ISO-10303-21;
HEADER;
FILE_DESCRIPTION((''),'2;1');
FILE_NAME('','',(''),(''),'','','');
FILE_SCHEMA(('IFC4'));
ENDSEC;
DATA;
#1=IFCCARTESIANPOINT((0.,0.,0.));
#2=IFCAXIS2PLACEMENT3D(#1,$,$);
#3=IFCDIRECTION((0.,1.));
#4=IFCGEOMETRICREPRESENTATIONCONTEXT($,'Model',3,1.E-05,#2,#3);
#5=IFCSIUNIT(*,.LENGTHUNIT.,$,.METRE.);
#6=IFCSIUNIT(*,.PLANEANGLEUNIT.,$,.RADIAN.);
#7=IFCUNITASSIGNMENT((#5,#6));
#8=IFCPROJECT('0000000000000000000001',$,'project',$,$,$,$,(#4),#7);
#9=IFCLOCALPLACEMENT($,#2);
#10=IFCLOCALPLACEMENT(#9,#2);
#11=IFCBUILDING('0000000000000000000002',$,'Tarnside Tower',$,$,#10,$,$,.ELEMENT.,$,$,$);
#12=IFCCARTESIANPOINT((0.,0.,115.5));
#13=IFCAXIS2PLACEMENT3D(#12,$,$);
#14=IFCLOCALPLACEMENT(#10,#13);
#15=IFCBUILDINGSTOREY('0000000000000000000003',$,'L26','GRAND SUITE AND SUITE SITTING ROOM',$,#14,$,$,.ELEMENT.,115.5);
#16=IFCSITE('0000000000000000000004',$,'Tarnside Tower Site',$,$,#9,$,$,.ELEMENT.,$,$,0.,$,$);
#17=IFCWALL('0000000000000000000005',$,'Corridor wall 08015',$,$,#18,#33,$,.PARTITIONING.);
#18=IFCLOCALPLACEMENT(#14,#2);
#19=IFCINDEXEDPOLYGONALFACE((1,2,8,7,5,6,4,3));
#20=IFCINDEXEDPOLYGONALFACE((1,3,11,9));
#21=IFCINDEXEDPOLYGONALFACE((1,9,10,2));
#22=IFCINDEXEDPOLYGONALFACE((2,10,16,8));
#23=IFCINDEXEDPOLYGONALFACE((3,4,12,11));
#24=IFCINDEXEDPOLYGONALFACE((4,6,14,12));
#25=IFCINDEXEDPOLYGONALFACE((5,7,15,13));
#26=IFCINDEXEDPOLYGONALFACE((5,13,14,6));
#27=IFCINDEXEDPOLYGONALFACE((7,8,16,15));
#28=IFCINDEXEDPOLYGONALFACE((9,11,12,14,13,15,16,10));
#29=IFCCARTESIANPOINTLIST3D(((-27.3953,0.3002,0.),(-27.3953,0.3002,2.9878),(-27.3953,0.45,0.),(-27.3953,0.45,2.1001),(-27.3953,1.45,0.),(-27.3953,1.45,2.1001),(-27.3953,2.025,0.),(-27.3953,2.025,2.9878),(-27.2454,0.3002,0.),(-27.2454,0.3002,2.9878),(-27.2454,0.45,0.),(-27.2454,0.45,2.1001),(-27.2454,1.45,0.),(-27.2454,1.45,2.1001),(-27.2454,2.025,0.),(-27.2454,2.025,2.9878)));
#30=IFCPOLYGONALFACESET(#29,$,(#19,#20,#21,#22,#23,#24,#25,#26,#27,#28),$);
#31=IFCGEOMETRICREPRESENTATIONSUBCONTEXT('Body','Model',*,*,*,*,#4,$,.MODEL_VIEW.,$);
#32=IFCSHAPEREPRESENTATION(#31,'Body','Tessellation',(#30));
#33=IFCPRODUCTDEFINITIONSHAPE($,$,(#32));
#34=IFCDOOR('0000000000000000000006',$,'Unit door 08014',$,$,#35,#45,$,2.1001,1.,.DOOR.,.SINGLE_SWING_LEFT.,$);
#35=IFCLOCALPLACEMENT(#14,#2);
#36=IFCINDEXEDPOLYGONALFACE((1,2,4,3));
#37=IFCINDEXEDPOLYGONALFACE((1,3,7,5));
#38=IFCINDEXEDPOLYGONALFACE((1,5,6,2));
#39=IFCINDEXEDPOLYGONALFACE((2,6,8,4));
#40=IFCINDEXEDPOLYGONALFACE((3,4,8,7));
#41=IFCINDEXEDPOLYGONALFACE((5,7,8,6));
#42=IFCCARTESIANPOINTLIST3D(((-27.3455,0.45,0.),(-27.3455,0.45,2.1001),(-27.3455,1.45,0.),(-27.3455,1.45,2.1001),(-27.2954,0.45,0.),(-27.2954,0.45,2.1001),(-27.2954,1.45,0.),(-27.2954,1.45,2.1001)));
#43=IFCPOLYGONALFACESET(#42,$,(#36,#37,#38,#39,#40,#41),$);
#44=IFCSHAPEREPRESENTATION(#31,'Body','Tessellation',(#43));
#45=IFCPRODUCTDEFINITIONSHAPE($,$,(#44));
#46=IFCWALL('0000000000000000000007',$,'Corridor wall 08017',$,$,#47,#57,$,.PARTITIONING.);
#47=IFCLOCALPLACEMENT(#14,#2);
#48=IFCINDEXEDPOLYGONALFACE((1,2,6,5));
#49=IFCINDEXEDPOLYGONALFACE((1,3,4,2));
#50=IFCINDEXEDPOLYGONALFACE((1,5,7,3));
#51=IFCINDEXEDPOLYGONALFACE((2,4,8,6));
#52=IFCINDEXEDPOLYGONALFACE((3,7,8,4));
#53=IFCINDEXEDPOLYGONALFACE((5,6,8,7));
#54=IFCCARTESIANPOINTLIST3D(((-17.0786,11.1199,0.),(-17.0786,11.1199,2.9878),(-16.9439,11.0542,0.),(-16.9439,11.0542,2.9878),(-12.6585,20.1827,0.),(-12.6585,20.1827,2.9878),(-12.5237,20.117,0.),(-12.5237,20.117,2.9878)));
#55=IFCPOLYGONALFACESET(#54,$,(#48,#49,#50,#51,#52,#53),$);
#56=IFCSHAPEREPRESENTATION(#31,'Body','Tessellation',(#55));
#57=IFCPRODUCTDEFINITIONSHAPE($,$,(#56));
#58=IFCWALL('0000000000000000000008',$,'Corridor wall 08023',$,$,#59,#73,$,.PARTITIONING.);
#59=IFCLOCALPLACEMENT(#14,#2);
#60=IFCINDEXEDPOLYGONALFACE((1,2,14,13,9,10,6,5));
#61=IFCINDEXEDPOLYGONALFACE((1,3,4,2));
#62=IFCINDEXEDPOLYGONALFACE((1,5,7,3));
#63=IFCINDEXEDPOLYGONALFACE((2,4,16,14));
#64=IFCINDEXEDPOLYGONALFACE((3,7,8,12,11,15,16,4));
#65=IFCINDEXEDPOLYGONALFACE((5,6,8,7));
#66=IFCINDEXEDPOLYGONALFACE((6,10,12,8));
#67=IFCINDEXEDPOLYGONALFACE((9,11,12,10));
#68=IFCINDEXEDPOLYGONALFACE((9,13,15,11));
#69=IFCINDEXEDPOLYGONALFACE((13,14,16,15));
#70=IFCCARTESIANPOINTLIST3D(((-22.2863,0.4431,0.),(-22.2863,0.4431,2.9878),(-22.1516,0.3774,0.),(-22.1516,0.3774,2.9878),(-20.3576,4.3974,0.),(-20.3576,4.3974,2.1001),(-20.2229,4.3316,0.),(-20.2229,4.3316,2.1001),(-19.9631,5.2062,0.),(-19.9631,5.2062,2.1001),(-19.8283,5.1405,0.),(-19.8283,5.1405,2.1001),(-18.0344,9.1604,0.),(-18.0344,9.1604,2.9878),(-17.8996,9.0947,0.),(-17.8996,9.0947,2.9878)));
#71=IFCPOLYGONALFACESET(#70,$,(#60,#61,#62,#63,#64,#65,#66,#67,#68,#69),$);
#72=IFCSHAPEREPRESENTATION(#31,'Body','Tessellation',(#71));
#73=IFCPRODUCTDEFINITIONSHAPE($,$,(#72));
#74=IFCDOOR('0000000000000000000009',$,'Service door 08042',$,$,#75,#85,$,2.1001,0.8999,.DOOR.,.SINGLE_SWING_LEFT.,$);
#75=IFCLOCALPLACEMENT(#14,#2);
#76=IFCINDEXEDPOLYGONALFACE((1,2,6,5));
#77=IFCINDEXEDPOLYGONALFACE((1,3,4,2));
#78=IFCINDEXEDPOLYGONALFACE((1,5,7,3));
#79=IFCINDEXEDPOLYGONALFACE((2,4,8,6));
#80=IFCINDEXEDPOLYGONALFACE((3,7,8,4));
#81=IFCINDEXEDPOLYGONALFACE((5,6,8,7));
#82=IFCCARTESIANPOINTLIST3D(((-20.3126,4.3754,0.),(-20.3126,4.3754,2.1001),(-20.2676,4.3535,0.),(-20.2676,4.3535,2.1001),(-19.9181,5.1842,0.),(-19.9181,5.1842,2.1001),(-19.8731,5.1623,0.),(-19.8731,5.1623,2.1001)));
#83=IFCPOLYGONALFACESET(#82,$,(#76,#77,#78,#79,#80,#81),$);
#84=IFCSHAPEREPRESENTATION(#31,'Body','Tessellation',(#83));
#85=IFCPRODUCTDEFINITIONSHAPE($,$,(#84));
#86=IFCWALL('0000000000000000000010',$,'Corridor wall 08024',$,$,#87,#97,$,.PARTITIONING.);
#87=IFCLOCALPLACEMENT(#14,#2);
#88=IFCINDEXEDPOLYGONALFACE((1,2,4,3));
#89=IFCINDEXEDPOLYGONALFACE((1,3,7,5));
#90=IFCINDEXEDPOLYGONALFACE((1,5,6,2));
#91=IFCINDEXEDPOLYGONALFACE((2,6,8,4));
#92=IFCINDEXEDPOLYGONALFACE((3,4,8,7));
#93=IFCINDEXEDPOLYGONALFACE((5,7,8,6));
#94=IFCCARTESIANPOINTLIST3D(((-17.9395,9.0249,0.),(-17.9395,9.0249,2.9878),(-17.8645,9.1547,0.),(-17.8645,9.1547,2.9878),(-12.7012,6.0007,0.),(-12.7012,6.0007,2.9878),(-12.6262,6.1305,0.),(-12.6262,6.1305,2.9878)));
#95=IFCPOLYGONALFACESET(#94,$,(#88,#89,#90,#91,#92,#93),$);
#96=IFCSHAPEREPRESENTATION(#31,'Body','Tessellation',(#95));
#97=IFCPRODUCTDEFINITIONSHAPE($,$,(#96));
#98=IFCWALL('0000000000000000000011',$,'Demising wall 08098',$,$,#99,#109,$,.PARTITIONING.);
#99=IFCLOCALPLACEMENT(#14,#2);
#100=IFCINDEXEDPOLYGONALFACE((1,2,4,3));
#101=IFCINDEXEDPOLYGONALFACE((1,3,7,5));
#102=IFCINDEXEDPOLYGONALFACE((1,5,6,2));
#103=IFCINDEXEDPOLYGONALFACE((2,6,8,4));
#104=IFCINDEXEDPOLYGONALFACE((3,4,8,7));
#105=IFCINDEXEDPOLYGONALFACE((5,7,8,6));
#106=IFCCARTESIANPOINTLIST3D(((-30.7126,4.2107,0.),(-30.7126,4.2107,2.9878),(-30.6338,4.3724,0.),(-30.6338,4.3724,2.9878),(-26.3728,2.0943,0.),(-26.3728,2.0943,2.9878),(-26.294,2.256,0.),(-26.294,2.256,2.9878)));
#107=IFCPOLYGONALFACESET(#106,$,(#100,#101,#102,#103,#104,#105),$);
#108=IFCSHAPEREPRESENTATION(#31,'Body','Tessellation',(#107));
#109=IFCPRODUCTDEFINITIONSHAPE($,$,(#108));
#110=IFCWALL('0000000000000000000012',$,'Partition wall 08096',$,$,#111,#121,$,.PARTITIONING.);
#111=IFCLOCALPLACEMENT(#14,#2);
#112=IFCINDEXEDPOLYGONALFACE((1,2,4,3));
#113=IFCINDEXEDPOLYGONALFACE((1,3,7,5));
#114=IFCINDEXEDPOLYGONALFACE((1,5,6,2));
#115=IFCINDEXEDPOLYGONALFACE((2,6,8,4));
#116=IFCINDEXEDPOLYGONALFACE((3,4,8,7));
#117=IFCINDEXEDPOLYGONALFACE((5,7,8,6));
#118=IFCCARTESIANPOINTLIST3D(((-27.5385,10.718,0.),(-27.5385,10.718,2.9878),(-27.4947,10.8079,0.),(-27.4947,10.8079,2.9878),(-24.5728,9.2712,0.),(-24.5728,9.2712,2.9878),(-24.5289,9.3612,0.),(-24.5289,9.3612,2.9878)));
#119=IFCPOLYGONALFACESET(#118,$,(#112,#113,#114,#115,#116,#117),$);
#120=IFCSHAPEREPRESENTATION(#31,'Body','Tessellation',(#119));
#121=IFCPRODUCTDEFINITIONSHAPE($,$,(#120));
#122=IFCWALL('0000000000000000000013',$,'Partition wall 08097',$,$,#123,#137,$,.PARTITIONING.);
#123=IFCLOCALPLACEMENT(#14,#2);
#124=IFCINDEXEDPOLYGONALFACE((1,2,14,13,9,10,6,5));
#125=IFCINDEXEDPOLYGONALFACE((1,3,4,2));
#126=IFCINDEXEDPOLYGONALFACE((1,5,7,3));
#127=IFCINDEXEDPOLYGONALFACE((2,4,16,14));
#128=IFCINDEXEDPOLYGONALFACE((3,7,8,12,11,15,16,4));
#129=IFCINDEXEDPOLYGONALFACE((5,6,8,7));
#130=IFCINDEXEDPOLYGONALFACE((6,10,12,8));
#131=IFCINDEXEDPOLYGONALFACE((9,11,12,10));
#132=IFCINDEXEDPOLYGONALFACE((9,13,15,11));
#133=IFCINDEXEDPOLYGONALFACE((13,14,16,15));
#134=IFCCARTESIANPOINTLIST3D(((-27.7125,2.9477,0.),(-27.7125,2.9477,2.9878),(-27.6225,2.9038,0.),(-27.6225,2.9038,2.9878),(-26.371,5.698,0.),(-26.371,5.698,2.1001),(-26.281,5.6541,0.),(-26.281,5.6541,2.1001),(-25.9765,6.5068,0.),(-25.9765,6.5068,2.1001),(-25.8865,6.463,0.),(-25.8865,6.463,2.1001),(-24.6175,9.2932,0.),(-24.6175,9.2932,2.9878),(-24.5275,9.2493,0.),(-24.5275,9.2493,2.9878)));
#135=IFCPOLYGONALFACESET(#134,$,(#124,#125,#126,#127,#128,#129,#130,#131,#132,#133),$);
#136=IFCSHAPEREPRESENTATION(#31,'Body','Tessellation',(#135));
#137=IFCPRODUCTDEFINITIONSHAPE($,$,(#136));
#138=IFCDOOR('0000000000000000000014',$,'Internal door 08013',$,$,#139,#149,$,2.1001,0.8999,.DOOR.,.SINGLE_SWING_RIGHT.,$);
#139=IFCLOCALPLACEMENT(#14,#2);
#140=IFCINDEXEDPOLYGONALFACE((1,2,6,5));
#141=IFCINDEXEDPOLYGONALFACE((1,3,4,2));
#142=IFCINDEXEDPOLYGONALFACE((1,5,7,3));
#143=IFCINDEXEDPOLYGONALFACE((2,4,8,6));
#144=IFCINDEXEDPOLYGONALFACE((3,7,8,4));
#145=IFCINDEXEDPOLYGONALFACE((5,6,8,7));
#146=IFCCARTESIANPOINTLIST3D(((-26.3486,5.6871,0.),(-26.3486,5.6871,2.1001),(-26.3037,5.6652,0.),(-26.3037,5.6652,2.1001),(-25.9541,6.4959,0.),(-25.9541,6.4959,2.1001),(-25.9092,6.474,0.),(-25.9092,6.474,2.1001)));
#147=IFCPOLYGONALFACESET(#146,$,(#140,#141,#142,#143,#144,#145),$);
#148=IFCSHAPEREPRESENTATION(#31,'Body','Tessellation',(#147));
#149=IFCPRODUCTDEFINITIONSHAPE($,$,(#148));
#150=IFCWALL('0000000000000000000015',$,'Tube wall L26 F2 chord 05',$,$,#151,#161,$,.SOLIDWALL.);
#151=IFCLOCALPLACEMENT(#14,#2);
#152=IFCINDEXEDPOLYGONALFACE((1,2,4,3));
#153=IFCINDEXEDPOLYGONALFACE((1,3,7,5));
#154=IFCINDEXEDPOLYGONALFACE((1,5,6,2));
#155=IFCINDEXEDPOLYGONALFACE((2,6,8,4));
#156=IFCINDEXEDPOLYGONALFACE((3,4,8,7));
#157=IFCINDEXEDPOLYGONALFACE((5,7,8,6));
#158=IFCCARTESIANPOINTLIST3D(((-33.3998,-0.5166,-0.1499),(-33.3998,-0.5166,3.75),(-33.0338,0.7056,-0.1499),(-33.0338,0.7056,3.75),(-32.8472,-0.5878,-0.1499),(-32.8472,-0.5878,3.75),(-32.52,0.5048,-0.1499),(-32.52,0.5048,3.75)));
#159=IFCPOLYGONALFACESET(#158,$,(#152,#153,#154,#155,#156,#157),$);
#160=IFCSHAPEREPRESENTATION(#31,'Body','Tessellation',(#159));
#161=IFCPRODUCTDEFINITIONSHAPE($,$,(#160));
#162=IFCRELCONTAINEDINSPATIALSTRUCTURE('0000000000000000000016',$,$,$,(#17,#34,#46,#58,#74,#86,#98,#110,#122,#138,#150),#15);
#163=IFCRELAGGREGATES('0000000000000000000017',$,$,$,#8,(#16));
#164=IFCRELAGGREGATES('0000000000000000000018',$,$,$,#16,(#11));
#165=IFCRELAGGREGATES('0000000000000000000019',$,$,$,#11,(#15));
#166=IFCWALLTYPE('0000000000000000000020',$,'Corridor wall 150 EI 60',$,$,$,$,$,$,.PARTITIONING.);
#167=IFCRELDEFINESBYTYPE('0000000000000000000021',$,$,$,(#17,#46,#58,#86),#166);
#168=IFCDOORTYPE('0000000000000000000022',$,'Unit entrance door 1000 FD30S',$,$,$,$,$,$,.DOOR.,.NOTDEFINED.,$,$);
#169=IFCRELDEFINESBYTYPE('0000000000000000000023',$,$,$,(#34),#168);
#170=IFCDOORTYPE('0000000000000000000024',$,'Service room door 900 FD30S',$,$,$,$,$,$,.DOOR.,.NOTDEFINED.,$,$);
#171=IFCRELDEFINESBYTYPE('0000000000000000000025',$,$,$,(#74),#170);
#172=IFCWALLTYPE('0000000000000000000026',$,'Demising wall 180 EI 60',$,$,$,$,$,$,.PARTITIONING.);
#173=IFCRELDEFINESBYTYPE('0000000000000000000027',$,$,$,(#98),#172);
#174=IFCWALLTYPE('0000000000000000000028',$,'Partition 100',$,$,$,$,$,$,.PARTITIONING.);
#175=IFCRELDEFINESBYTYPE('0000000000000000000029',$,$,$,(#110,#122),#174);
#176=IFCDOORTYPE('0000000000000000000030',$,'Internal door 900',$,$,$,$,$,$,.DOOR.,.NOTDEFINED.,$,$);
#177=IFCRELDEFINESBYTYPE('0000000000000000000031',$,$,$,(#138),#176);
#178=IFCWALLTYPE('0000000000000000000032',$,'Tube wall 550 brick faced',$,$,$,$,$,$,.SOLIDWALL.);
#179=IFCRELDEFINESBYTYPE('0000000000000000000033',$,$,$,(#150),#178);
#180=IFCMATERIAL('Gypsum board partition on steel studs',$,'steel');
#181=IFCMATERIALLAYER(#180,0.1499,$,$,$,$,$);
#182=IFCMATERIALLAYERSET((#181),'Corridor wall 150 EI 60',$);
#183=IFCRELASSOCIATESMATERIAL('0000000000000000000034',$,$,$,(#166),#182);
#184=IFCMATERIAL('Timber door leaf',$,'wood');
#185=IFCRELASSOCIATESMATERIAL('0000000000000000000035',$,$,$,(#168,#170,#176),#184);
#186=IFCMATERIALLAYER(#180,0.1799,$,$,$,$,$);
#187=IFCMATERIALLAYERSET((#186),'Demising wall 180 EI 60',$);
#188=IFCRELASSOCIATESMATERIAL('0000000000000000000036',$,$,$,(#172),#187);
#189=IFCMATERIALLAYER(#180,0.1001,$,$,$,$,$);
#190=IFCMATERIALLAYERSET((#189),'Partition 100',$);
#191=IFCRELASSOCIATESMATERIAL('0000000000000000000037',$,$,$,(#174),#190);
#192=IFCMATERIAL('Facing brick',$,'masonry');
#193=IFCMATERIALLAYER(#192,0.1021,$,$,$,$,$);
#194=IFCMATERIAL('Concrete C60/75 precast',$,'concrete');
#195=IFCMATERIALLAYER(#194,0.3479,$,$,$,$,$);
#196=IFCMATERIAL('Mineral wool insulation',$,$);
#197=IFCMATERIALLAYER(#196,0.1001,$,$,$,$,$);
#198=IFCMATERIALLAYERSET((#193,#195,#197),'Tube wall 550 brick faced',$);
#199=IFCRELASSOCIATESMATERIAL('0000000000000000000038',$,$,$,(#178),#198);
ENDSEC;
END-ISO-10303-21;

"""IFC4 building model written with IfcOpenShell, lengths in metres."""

from ifc_helpers import new_model, si_unit, direction, frame, frame_2d, origin, place, context, subcontext, project, spatial, polyline, rectangle, outline, extrude, material, layer, layer_set, type_object, element, fill, save


model = new_model("IFC4")

# Units and contexts
model_context = context("Model", 3, precision=1e-05, world=origin(), true_north=direction((0.0, 1.0)))
body_context = subcontext(model_context, "Body", "Model", "MODEL_VIEW")
ifc_project = project(units=[si_unit("LENGTHUNIT", "METRE"), si_unit("PLANEANGLEUNIT", "RADIAN")], contexts=[model_context])

# Site, building, storey
site_placement = place(None, origin())
site = spatial("IfcSite", under=ifc_project, at=site_placement, Name="Tarnside Tower Site", CompositionType="ELEMENT", RefElevation=0.0)
building_placement = place(site_placement, origin())
building = spatial("IfcBuilding", under=site, at=building_placement, Name="Tarnside Tower", CompositionType="ELEMENT")
storey_placement = place(building_placement, frame((0.0, 0.0, 115.5)))
storey = spatial("IfcBuildingStorey", under=building, at=storey_placement, Name="L26", Description="GRAND SUITE AND SUITE SITTING ROOM", CompositionType="ELEMENT", Elevation=115.5)

# Shared definitions
ifc_material_1 = material(Name="Gypsum board partition on steel studs", Category="steel")
ifc_material_2 = material(Name="Timber door leaf", Category="wood")

# Shared definitions
ifc_layer_1 = layer(ifc_material_1, 0.1499)
ifc_layer_set_1 = layer_set([ifc_layer_1], Name="Corridor wall 150 EI 60")
wall_type_1 = type_object("IfcWallType", Name="Corridor wall 150 EI 60", PredefinedType="PARTITIONING", material=ifc_layer_set_1)

# Wall, opening, door
wall_1_placement = place(storey_placement, frame((-27.3203, 2.0249, 0.0), z_axis=(0.0, 0.0, 1.0), x_axis=(0.0, -1.0, 0.0)))
wall_1 = element("IfcWall", 1, at=wall_1_placement, inside=storey, type_object=wall_type_1, Name="Corridor wall 08015", PredefinedType="PARTITIONING", context=body_context, shape_type="SweptSolid", body=[
    extrude(rectangle(XDim=1.7249, YDim=0.1499, at=frame_2d((0.8623, 0.0))), origin(), (0.0, 0.0, 1.0), 2.9878),
])
opening_1_placement = place(wall_1_placement, frame((0.575, 0.0, 0.0)))
opening_1 = element("IfcOpeningElement", 2, at=opening_1_placement, cuts=wall_1, PredefinedType="OPENING", context=body_context, shape_type="SweptSolid", body=[
    extrude(rectangle(XDim=1.0, YDim=2.1001, at=frame_2d((0.5, 1.05))), frame((0.0, 0.085, 0.0), z_axis=(0.0, -1.0, 0.0), x_axis=(1.0, 0.0, 0.0)), (0.0, 0.0, 1.0), 0.1699),
])
door_type_1 = type_object("IfcDoorType", Name="Unit entrance door 1000 FD30S", OperationType="NOTDEFINED", PredefinedType="DOOR", material=ifc_material_2)
door_1_placement = place(opening_1_placement, origin())
door_1 = element("IfcDoor", 3, at=door_1_placement, inside=storey, type_object=door_type_1, Name="Unit door 08014", OperationType="SINGLE_SWING_LEFT", OverallHeight=2.1001, OverallWidth=1.0, PredefinedType="DOOR", context=body_context, shape_type="SweptSolid", body=[
    extrude(rectangle(XDim=1.0, YDim=2.1001, at=frame_2d((0.5, 1.05))), frame((0.0, 0.0249, 0.0), z_axis=(0.0, -1.0, 0.0), x_axis=(1.0, 0.0, 0.0)), (0.0, 0.0, 1.0), 0.05),
])
fill(opening_1, door_1)

# Wall
wall_2_placement = place(storey_placement, frame((-17.0112, 11.0872, 0.0), z_axis=(0.0, 0.0, 1.0), x_axis=(0.438369, 0.898795, 0.0)))
element("IfcWall", 4, at=wall_2_placement, inside=storey, type_object=wall_type_1, Name="Corridor wall 08017", PredefinedType="PARTITIONING", context=body_context, shape_type="SweptSolid", body=[
    extrude(rectangle(XDim=10.0833, YDim=0.1499, at=frame_2d((5.0415, 0.0))), origin(), (0.0, 0.0, 1.0), 2.9878),
])

# Wall, opening, door
wall_3_placement = place(storey_placement, frame((-22.219, 0.4102, 0.0), z_axis=(0.0, 0.0, 1.0), x_axis=(0.438392, 0.898784, 0.0)))
wall_3 = element("IfcWall", 5, at=wall_3_placement, inside=storey, type_object=wall_type_1, Name="Corridor wall 08023", PredefinedType="PARTITIONING", context=body_context, shape_type="SweptSolid", body=[
    extrude(rectangle(XDim=9.699, YDim=0.1499, at=frame_2d((4.8496, 0.0))), origin(), (0.0, 0.0, 1.0), 2.9878),
])
opening_2_placement = place(wall_3_placement, frame((4.3997, 0.0, 0.0)))
opening_2 = element("IfcOpeningElement", 6, at=opening_2_placement, cuts=wall_3, PredefinedType="OPENING", context=body_context, shape_type="SweptSolid", body=[
    extrude(rectangle(XDim=0.8999, YDim=2.1001, at=frame_2d((0.45, 1.05))), frame((0.0, 0.085, 0.0), z_axis=(0.0, -1.0, 0.0), x_axis=(1.0, 0.0, 0.0)), (0.0, 0.0, 1.0), 0.1699),
])
door_type_2 = type_object("IfcDoorType", Name="Service room door 900 FD30S", OperationType="NOTDEFINED", PredefinedType="DOOR", material=ifc_material_2)
door_2_placement = place(opening_2_placement, origin())
door_2 = element("IfcDoor", 7, at=door_2_placement, inside=storey, type_object=door_type_2, Name="Service door 08042", OperationType="SINGLE_SWING_LEFT", OverallHeight=2.1001, OverallWidth=0.8999, PredefinedType="DOOR", context=body_context, shape_type="SweptSolid", body=[
    extrude(rectangle(XDim=0.8999, YDim=2.1001, at=frame_2d((0.45, 1.05))), frame((0.0, 0.0249, 0.0), z_axis=(0.0, -1.0, 0.0), x_axis=(1.0, 0.0, 0.0)), (0.0, 0.0, 1.0), 0.05),
])
fill(opening_2, door_2)

# Walls
wall_4_placement = place(storey_placement, frame((-17.9021, 9.0898, 0.0), z_axis=(0.0, 0.0, 1.0), x_axis=(0.866036, -0.499981, 0.0)))
element("IfcWall", 8, at=wall_4_placement, inside=storey, type_object=wall_type_1, Name="Corridor wall 08024", PredefinedType="PARTITIONING", context=body_context, shape_type="SweptSolid", body=[
    extrude(rectangle(XDim=6.0486, YDim=0.1499, at=frame_2d((3.0244, 0.0))), origin(), (0.0, 0.0, 1.0), 2.9878),
])
ifc_layer_2 = layer(ifc_material_1, 0.1799)
ifc_layer_set_2 = layer_set([ifc_layer_2], Name="Demising wall 180 EI 60")
wall_type_2 = type_object("IfcWallType", Name="Demising wall 180 EI 60", PredefinedType="PARTITIONING", material=ifc_layer_set_2)
wall_5_placement = place(storey_placement, frame((-30.6731, 4.2915, 0.0), z_axis=(0.0, 0.0, 1.0), x_axis=(0.898813, -0.438333, 0.0)))
element("IfcWall", 9, at=wall_5_placement, inside=storey, type_object=wall_type_2, Name="Demising wall 08098", PredefinedType="PARTITIONING", context=body_context, shape_type="SweptSolid", body=[
    extrude(rectangle(XDim=4.8284, YDim=0.1799, at=frame_2d((2.4141, 0.0))), origin(), (0.0, 0.0, 1.0), 2.9878),
])
ifc_layer_3 = layer(ifc_material_1, 0.1001)
ifc_layer_set_3 = layer_set([ifc_layer_3], Name="Partition 100")
wall_type_3 = type_object("IfcWallType", Name="Partition 100", PredefinedType="PARTITIONING", material=ifc_layer_set_3)
wall_6_placement = place(storey_placement, frame((-27.5166, 10.7629, 0.0), z_axis=(0.0, 0.0, 1.0), x_axis=(0.898764, -0.438432, 0.0)))
element("IfcWall", 10, at=wall_6_placement, inside=storey, type_object=wall_type_3, Name="Partition wall 08096", PredefinedType="PARTITIONING", context=body_context, shape_type="SweptSolid", body=[
    extrude(rectangle(XDim=3.2998, YDim=0.1001, at=frame_2d((1.6499, 0.0))), origin(), (0.0, 0.0, 1.0), 2.9878),
])

# Wall, opening, door
wall_7_placement = place(storey_placement, frame((-24.5725, 9.2712, 0.0), z_axis=(0.0, 0.0, 1.0), x_axis=(-0.438381, -0.898789, 0.0)))
wall_7 = element("IfcWall", 11, at=wall_7_placement, inside=storey, type_object=wall_type_3, Name="Partition wall 08097", PredefinedType="PARTITIONING", context=body_context, shape_type="SweptSolid", body=[
    extrude(rectangle(XDim=7.0601, YDim=0.1001, at=frame_2d((3.53, 0.0))), origin(), (0.0, 0.0, 1.0), 2.9878),
])
opening_3_placement = place(wall_7_placement, frame((3.1001, 0.0, 0.0)))
opening_3 = element("IfcOpeningElement", 12, at=opening_3_placement, cuts=wall_7, PredefinedType="OPENING", context=body_context, shape_type="SweptSolid", body=[
    extrude(rectangle(XDim=0.8999, YDim=2.1001, at=frame_2d((0.45, 1.05))), frame((0.0, 0.0601, 0.0), z_axis=(0.0, -1.0, 0.0), x_axis=(1.0, 0.0, 0.0)), (0.0, 0.0, 1.0), 0.1201),
])
door_type_3 = type_object("IfcDoorType", Name="Internal door 900", OperationType="NOTDEFINED", PredefinedType="DOOR", material=ifc_material_2)
door_3_placement = place(opening_3_placement, origin())
door_3 = element("IfcDoor", 13, at=door_3_placement, inside=storey, type_object=door_type_3, Name="Internal door 08013", OperationType="SINGLE_SWING_RIGHT", OverallHeight=2.1001, OverallWidth=0.8999, PredefinedType="DOOR", context=body_context, shape_type="SweptSolid", body=[
    extrude(rectangle(XDim=0.8999, YDim=2.1001, at=frame_2d((0.45, 1.05))), frame((0.0, 0.0249, 0.0), z_axis=(0.0, -1.0, 0.0), x_axis=(1.0, 0.0, 0.0)), (0.0, 0.0, 1.0), 0.05),
])
fill(opening_3, door_3)

# Wall
ifc_material_3 = material(Name="Facing brick", Category="masonry")
ifc_layer_4 = layer(ifc_material_3, 0.1021)
ifc_material_4 = material(Name="Concrete C60/75 precast", Category="concrete")
ifc_layer_5 = layer(ifc_material_4, 0.3479)
ifc_material_5 = material(Name="Mineral wool insulation")
ifc_layer_6 = layer(ifc_material_5, 0.1001)
ifc_layer_set_4 = layer_set([ifc_layer_4, ifc_layer_5, ifc_layer_6], Name="Tube wall 550 brick faced")
wall_type_4 = type_object("IfcWallType", Name="Tube wall 550 brick faced", PredefinedType="SOLIDWALL", material=ifc_layer_set_4)
wall_8_placement = place(storey_placement, frame((-32.7769, 0.6052, -0.1499), z_axis=(0.0, 0.0, 1.0), x_axis=(-0.286921, -0.957954, 0.0)))
element("IfcWall", 14, at=wall_8_placement, inside=storey, type_object=wall_type_4, Name="Tube wall L26 F2 chord 05", PredefinedType="SOLIDWALL", context=body_context, shape_type="SweptSolid", body=[
    extrude(outline(polyline([(-0.0225, -0.2749), (1.2534, -0.2749), (1.1631, 0.2749), (0.0225, 0.2749), (-0.0225, -0.2749)])), origin(), (0.0, 0.0, 1.0), 3.8999),
])

save(model, "model.ifc")
